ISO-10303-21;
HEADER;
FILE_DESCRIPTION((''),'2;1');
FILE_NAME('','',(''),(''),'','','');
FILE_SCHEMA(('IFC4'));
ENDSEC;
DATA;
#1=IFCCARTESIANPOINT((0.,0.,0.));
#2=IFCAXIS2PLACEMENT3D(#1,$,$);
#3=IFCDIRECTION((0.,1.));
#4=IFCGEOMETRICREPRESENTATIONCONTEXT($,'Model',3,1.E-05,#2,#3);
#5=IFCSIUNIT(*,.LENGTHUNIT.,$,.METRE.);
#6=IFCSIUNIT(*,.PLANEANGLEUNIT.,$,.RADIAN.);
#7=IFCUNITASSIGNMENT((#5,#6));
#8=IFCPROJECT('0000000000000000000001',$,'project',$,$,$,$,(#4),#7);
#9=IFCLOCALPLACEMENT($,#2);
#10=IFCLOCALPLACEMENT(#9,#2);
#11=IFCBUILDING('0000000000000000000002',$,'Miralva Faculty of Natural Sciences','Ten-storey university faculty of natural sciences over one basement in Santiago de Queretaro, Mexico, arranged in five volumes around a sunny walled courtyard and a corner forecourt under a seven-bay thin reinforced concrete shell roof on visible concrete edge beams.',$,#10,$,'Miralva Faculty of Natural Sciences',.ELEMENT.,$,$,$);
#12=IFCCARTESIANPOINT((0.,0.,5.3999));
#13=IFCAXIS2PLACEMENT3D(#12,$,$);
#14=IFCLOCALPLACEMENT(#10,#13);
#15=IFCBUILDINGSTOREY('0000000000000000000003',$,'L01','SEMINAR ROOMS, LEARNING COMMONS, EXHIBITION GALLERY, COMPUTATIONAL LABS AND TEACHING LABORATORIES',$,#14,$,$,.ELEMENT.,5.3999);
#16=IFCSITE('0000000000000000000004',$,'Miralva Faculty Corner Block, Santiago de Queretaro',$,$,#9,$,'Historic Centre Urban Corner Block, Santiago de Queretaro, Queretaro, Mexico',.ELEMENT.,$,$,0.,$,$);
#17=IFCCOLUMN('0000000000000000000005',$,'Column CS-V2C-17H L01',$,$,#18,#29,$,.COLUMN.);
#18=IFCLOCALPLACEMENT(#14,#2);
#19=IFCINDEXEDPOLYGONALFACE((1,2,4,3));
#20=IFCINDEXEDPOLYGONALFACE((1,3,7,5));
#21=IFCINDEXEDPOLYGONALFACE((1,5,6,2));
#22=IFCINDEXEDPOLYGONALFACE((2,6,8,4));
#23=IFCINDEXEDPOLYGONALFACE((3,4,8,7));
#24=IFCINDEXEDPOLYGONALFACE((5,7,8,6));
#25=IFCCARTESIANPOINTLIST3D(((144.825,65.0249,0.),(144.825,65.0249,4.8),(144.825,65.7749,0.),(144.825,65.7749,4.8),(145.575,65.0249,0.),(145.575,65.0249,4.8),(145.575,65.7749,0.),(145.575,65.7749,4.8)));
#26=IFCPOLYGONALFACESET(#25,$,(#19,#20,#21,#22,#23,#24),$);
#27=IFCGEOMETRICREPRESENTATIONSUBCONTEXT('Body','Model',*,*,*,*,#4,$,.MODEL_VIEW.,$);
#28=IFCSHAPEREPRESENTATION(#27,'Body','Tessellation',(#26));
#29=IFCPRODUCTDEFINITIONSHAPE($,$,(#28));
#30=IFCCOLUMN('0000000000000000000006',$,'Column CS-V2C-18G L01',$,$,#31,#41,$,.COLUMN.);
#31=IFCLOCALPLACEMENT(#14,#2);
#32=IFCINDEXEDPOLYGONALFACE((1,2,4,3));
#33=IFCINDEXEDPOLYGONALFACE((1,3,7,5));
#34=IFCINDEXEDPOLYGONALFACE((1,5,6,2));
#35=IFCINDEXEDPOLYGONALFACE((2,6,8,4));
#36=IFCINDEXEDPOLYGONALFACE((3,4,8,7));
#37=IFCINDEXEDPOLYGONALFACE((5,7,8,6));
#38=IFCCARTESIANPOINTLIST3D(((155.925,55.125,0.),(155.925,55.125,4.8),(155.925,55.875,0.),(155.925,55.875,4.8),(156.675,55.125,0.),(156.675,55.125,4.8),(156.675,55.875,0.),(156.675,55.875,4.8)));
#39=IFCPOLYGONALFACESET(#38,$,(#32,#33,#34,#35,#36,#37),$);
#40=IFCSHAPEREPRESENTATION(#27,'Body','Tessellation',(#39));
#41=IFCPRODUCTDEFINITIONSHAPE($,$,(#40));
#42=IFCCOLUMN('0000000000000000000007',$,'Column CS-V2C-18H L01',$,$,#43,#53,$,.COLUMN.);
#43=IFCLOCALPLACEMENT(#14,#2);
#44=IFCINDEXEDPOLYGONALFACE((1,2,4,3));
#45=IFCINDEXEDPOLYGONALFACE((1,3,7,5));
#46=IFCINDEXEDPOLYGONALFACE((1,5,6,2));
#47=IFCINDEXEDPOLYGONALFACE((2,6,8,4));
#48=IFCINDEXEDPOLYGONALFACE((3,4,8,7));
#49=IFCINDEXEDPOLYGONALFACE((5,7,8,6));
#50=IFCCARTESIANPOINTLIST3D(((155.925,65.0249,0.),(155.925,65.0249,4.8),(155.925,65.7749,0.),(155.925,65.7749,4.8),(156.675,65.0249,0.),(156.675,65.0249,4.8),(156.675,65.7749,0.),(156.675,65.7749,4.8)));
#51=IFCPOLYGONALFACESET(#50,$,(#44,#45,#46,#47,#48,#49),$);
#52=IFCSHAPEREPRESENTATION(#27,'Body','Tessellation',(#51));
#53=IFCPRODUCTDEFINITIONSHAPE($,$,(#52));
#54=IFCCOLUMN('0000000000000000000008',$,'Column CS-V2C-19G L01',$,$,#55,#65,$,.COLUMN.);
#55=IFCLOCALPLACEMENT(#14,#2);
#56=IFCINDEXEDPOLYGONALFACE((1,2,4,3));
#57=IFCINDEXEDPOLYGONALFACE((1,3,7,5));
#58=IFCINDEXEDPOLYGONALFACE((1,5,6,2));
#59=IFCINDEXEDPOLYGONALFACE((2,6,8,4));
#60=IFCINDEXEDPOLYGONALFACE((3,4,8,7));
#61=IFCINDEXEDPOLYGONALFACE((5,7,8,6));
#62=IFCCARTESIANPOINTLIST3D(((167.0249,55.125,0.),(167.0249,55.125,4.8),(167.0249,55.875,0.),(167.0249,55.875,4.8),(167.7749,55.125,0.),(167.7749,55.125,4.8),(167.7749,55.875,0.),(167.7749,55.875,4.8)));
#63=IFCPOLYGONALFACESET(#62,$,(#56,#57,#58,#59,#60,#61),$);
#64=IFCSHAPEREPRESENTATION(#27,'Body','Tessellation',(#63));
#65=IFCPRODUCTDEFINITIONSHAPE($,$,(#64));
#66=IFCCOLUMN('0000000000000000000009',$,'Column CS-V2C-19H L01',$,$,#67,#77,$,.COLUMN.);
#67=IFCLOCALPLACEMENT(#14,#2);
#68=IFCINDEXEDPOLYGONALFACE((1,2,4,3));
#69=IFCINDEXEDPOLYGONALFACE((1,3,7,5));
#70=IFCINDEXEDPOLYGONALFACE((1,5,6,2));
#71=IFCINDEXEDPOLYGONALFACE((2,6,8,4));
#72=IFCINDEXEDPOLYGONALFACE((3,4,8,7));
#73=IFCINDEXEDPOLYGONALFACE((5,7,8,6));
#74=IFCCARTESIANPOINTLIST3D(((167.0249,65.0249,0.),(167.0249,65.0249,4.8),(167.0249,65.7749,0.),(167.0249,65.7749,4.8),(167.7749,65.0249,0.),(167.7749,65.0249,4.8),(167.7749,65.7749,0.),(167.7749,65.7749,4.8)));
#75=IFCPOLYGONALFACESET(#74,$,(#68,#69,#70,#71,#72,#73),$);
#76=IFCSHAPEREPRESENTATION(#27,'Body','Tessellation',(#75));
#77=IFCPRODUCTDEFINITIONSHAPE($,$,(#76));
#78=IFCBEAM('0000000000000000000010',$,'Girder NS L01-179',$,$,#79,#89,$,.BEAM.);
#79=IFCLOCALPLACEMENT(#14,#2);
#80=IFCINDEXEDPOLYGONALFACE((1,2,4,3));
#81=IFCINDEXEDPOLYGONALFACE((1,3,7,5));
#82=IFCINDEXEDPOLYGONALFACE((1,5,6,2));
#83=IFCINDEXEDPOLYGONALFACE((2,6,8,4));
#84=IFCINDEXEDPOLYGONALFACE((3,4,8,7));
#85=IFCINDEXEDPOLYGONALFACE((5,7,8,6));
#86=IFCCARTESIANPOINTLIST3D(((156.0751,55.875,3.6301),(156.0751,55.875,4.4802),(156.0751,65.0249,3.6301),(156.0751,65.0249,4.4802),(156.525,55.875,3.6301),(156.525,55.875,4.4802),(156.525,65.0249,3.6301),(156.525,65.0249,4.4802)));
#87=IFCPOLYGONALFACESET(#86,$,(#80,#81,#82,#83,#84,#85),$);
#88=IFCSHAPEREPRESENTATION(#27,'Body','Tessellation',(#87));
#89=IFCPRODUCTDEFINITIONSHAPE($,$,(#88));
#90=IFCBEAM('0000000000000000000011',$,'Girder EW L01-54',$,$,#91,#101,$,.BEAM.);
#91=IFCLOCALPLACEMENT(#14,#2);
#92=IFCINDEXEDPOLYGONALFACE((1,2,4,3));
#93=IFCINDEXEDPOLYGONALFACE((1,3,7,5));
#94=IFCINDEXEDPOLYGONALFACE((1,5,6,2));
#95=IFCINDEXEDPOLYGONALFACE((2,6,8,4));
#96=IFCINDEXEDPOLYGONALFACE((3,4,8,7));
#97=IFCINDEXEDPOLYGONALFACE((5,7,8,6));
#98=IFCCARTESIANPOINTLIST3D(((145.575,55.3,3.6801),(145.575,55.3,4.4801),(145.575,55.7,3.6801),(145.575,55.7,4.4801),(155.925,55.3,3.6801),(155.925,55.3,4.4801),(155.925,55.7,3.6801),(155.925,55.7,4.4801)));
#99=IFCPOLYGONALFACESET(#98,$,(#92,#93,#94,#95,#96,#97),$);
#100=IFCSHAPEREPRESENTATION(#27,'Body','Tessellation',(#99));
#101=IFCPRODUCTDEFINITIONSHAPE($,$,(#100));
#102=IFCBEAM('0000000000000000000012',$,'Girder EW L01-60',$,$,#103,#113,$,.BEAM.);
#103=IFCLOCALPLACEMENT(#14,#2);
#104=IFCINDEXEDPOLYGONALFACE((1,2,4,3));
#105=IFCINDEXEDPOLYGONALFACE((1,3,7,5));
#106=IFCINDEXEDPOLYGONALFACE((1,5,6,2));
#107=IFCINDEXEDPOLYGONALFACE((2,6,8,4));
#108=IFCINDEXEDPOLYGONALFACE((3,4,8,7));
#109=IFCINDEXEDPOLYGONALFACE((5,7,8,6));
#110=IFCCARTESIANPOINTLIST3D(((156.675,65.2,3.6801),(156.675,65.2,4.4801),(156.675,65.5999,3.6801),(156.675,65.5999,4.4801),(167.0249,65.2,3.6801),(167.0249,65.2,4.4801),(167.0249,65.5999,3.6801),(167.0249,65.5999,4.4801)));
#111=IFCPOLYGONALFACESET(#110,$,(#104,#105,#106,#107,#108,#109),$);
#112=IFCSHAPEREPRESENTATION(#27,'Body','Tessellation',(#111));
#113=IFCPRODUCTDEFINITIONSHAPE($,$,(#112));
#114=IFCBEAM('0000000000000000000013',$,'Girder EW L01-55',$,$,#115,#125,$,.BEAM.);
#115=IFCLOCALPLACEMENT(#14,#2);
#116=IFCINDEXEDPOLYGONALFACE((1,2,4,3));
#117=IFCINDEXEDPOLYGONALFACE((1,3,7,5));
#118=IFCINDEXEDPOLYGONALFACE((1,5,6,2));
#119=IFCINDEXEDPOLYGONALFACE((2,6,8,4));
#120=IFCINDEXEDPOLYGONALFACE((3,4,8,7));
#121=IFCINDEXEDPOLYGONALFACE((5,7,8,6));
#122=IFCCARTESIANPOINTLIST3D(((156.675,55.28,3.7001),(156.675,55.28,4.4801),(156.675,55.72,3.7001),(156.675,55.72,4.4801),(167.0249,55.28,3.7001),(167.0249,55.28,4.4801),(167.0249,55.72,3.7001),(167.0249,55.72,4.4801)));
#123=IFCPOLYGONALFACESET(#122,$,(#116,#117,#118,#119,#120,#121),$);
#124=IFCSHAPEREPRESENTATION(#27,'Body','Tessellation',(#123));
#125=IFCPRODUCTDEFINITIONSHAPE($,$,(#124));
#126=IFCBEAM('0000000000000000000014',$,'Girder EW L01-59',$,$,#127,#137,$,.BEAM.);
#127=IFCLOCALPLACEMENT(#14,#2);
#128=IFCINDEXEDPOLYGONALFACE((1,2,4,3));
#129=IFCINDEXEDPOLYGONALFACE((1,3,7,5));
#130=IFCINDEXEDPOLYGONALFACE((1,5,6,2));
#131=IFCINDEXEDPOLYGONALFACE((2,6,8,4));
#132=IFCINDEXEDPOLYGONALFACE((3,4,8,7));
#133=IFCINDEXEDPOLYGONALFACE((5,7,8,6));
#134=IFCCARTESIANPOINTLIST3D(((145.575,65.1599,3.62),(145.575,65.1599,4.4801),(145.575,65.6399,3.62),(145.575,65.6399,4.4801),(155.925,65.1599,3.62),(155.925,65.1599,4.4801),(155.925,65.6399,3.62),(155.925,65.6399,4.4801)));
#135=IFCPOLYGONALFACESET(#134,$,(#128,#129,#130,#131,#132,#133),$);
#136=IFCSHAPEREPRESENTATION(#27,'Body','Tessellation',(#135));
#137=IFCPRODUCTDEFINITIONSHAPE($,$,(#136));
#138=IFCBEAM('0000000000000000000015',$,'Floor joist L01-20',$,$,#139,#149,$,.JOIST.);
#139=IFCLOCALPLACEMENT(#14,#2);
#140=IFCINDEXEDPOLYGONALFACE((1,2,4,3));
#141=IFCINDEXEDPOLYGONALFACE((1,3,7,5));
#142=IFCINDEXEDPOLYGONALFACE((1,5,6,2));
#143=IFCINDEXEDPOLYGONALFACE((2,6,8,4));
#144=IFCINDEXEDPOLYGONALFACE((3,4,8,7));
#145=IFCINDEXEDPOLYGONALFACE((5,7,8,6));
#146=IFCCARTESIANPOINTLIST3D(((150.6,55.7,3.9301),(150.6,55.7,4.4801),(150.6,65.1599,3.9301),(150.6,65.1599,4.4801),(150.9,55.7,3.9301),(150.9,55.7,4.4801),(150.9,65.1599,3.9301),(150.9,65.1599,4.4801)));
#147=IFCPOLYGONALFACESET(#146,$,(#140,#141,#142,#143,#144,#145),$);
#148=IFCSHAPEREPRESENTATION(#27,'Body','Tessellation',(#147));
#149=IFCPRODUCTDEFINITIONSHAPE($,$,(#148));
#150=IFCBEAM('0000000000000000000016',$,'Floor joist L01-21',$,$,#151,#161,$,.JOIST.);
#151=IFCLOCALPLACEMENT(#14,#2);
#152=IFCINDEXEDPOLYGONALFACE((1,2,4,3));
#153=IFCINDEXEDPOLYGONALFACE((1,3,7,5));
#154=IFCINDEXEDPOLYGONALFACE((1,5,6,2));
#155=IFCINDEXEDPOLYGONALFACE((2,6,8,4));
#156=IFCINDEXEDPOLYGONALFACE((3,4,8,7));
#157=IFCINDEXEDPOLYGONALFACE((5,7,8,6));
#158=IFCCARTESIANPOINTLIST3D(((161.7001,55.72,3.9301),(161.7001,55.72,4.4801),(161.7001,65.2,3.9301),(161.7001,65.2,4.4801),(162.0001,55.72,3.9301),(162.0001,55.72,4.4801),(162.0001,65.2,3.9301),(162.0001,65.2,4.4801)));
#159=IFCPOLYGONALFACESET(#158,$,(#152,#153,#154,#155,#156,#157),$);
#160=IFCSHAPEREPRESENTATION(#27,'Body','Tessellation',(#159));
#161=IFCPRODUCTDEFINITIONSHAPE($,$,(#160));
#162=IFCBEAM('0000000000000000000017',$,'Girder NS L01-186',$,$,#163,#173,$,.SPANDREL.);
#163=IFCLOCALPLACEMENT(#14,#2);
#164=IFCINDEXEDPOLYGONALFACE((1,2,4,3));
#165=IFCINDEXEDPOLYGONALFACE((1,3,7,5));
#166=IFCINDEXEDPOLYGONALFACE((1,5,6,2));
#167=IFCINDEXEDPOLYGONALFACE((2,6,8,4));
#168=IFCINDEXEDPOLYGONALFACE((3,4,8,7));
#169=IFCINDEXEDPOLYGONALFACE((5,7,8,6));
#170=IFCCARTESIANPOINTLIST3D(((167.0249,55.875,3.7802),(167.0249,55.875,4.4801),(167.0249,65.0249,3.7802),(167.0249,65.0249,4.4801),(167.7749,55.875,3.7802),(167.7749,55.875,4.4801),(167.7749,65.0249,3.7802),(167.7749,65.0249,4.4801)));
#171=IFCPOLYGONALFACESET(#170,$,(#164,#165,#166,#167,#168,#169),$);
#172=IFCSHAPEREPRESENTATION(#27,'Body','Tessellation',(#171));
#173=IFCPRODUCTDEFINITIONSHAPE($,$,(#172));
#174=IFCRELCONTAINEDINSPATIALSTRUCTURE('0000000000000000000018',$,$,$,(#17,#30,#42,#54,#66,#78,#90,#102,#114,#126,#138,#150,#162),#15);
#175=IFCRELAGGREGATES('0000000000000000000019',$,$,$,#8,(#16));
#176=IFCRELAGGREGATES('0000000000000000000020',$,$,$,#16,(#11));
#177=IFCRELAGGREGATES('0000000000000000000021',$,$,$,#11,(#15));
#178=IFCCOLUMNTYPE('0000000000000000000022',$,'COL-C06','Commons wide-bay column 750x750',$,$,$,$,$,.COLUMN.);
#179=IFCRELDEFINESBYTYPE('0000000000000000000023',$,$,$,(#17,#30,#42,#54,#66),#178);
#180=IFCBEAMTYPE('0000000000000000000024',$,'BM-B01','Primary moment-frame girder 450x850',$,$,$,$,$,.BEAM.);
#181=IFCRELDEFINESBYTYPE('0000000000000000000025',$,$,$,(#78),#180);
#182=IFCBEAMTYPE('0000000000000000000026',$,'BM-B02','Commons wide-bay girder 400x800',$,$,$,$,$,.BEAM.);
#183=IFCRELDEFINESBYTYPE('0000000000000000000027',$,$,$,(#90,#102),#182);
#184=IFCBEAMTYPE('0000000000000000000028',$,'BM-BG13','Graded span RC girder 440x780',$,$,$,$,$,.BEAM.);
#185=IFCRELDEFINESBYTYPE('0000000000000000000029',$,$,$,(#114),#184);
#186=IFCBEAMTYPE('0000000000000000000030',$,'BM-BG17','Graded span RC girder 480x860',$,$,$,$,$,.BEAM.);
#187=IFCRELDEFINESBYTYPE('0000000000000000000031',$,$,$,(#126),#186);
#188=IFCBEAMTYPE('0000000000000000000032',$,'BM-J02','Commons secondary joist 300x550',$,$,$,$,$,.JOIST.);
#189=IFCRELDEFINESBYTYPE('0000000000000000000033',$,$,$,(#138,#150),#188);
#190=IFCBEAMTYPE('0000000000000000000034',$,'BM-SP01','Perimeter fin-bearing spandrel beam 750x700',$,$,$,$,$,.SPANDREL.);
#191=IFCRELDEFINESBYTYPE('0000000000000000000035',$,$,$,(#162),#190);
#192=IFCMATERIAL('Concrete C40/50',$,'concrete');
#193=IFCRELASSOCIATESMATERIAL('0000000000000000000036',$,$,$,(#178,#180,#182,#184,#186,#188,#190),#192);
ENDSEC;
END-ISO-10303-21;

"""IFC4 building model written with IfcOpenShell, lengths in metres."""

from ifc_helpers import new_model, si_unit, direction, frame, origin, origin_2d, place, context, subcontext, project, spatial, rectangle, extrude, material, material_profile, profile_set, type_object, element, save


model = new_model("IFC4")

# Units and contexts
model_context = context("Model", 3, precision=1e-05, world=origin(), true_north=direction((0.0, 1.0)))
body_context = subcontext(model_context, "Body", "Model", "MODEL_VIEW")
ifc_project = project(units=[si_unit("LENGTHUNIT", "METRE"), si_unit("PLANEANGLEUNIT", "RADIAN")], contexts=[model_context])

# Site, building, storey
site_placement = place(None, origin())
site = spatial("IfcSite", under=ifc_project, at=site_placement, Name="Miralva Faculty Corner Block, Santiago de Queretaro", LongName="Historic Centre Urban Corner Block, Santiago de Queretaro, Queretaro, Mexico", CompositionType="ELEMENT", RefElevation=0.0)
building_placement = place(site_placement, origin())
building = spatial("IfcBuilding", under=site, at=building_placement, Name="Miralva Faculty of Natural Sciences", Description="Ten-storey university faculty of natural sciences over one basement in Santiago de Queretaro, Mexico, arranged in five volumes around a sunny walled courtyard and a corner forecourt under a seven-bay thin reinforced concrete shell roof on visible concrete edge beams.", LongName="Miralva Faculty of Natural Sciences", CompositionType="ELEMENT")
storey_placement = place(building_placement, frame((0.0, 0.0, 5.3999)))
storey = spatial("IfcBuildingStorey", under=building, at=storey_placement, Name="L01", Description="SEMINAR ROOMS, LEARNING COMMONS, EXHIBITION GALLERY, COMPUTATIONAL LABS AND TEACHING LABORATORIES", CompositionType="ELEMENT", Elevation=5.3999)

# Columns
ifc_material_1 = material(Name="Concrete C40/50", Category="concrete")
ifc_material_profile_1 = material_profile(ifc_material_1, rectangle(XDim=0.75, YDim=0.75, at=origin_2d()), Name="RC 750x750")
ifc_profile_set_1 = profile_set([ifc_material_profile_1], Name="Concrete C40/50")
column_type = type_object("IfcColumnType", Name="COL-C06", Description="Commons wide-bay column 750x750", PredefinedType="COLUMN", material=ifc_profile_set_1)
for number, where, z_axis, x_axis, name in (
    (1, (145.2, 65.3999, 0.0), (0.0, 0.0, 1.0), (1.0, 0.0, 0.0), "Column CS-V2C-17H L01"),
    (2, (156.3, 55.5, 0.0), (0.0, 0.0, 1.0), (1.0, 0.0, 0.0), "Column CS-V2C-18G L01"),
    (3, (156.3, 65.3999, 0.0), (0.0, 0.0, 1.0), (1.0, 0.0, 0.0), "Column CS-V2C-18H L01"),
    (4, (167.3999, 55.5, 0.0), (0.0, 0.0, 1.0), (1.0, 0.0, 0.0), "Column CS-V2C-19G L01"),
    (5, (167.3999, 65.3999, 0.0), (0.0, 0.0, 1.0), (1.0, 0.0, 0.0), "Column CS-V2C-19H L01"),
):
    element("IfcColumn", number, at=place(storey_placement, frame(where, z_axis=z_axis, x_axis=x_axis)), inside=storey, type_object=column_type, Name=name, PredefinedType="COLUMN", context=body_context, shape_type="SweptSolid", body=[
        extrude(rectangle(XDim=0.75, YDim=0.75, at=origin_2d()), origin(), (0.0, 0.0, 1.0), 4.8),
    ])

# Beams
ifc_material_profile_2 = material_profile(ifc_material_1, rectangle(XDim=0.45, YDim=0.8501, at=origin_2d()), Name="RC 450x850")
ifc_profile_set_2 = profile_set([ifc_material_profile_2], Name="Concrete C40/50")
beam_type_1 = type_object("IfcBeamType", Name="BM-B01", Description="Primary moment-frame girder 450x850", PredefinedType="BEAM", material=ifc_profile_set_2)
beam_1_placement = place(storey_placement, frame((156.3, 55.875, 4.0552), z_axis=(0.0, 1.0, 0.0), x_axis=(-1.0, 0.0, 0.0)))
element("IfcBeam", 6, at=beam_1_placement, inside=storey, type_object=beam_type_1, Name="Girder NS L01-179", PredefinedType="BEAM", context=body_context, shape_type="SweptSolid", body=[
    extrude(rectangle(XDim=0.45, YDim=0.8501, at=origin_2d()), origin(), (0.0, 0.0, 1.0), 9.1499),
])
ifc_material_profile_3 = material_profile(ifc_material_1, rectangle(XDim=0.3999, YDim=0.8, at=origin_2d()), Name="RC 400x800")
ifc_profile_set_3 = profile_set([ifc_material_profile_3], Name="Concrete C40/50")
beam_type_2 = type_object("IfcBeamType", Name="BM-B02", Description="Commons wide-bay girder 400x800", PredefinedType="BEAM", material=ifc_profile_set_3)
beam_2_placement = place(storey_placement, frame((145.575, 55.5, 4.0801), z_axis=(1.0, 0.0, 0.0), x_axis=(0.0, 1.0, 0.0)))
element("IfcBeam", 7, at=beam_2_placement, inside=storey, type_object=beam_type_2, Name="Girder EW L01-54", PredefinedType="BEAM", context=body_context, shape_type="SweptSolid", body=[
    extrude(rectangle(XDim=0.3999, YDim=0.8, at=origin_2d()), origin(), (0.0, 0.0, 1.0), 10.3501),
])
beam_3_placement = place(storey_placement, frame((156.675, 65.3999, 4.0801), z_axis=(1.0, 0.0, 0.0), x_axis=(0.0, 1.0, 0.0)))
element("IfcBeam", 8, at=beam_3_placement, inside=storey, type_object=beam_type_2, Name="Girder EW L01-60", PredefinedType="BEAM", context=body_context, shape_type="SweptSolid", body=[
    extrude(rectangle(XDim=0.3999, YDim=0.8, at=origin_2d()), origin(), (0.0, 0.0, 1.0), 10.3499),
])
ifc_material_profile_4 = material_profile(ifc_material_1, rectangle(XDim=0.4399, YDim=0.78, at=origin_2d()), Name="RC 440x780")
ifc_profile_set_4 = profile_set([ifc_material_profile_4], Name="Concrete C40/50")
beam_type_3 = type_object("IfcBeamType", Name="BM-BG13", Description="Graded span RC girder 440x780", PredefinedType="BEAM", material=ifc_profile_set_4)
beam_4_placement = place(storey_placement, frame((156.675, 55.5, 4.0901), z_axis=(1.0, 0.0, 0.0), x_axis=(0.0, 1.0, 0.0)))
element("IfcBeam", 9, at=beam_4_placement, inside=storey, type_object=beam_type_3, Name="Girder EW L01-55", PredefinedType="BEAM", context=body_context, shape_type="SweptSolid", body=[
    extrude(rectangle(XDim=0.4399, YDim=0.78, at=origin_2d()), origin(), (0.0, 0.0, 1.0), 10.3499),
])
ifc_material_profile_5 = material_profile(ifc_material_1, rectangle(XDim=0.48, YDim=0.8601, at=origin_2d()), Name="RC 480x860")
ifc_profile_set_5 = profile_set([ifc_material_profile_5], Name="Concrete C40/50")
beam_type_4 = type_object("IfcBeamType", Name="BM-BG17", Description="Graded span RC girder 480x860", PredefinedType="BEAM", material=ifc_profile_set_5)
beam_5_placement = place(storey_placement, frame((145.575, 65.3999, 4.05), z_axis=(1.0, 0.0, 0.0), x_axis=(0.0, 1.0, 0.0)))
element("IfcBeam", 10, at=beam_5_placement, inside=storey, type_object=beam_type_4, Name="Girder EW L01-59", PredefinedType="BEAM", context=body_context, shape_type="SweptSolid", body=[
    extrude(rectangle(XDim=0.48, YDim=0.8601, at=origin_2d()), origin(), (0.0, 0.0, 1.0), 10.3501),
])
ifc_material_profile_6 = material_profile(ifc_material_1, rectangle(XDim=0.3, YDim=0.55, at=origin_2d()), Name="RC 300x550")
ifc_profile_set_6 = profile_set([ifc_material_profile_6], Name="Concrete C40/50")
beam_type_5 = type_object("IfcBeamType", Name="BM-J02", Description="Commons secondary joist 300x550", PredefinedType="JOIST", material=ifc_profile_set_6)
beam_6_placement = place(storey_placement, frame((150.75, 55.7, 4.2051), z_axis=(0.0, 1.0, 0.0), x_axis=(-1.0, 0.0, 0.0)))
element("IfcBeam", 11, at=beam_6_placement, inside=storey, type_object=beam_type_5, Name="Floor joist L01-20", PredefinedType="JOIST", context=body_context, shape_type="SweptSolid", body=[
    extrude(rectangle(XDim=0.3, YDim=0.55, at=origin_2d()), origin(), (0.0, 0.0, 1.0), 9.46),
])
beam_7_placement = place(storey_placement, frame((161.8501, 55.72, 4.2051), z_axis=(0.0, 1.0, 0.0), x_axis=(-1.0, 0.0, 0.0)))
element("IfcBeam", 12, at=beam_7_placement, inside=storey, type_object=beam_type_5, Name="Floor joist L01-21", PredefinedType="JOIST", context=body_context, shape_type="SweptSolid", body=[
    extrude(rectangle(XDim=0.3, YDim=0.55, at=origin_2d()), origin(), (0.0, 0.0, 1.0), 9.48),
])
ifc_material_profile_7 = material_profile(ifc_material_1, rectangle(XDim=0.75, YDim=0.7, at=origin_2d()), Name="RC 750x700")
ifc_profile_set_7 = profile_set([ifc_material_profile_7], Name="Concrete C40/50")
beam_type_6 = type_object("IfcBeamType", Name="BM-SP01", Description="Perimeter fin-bearing spandrel beam 750x700", PredefinedType="SPANDREL", material=ifc_profile_set_7)
beam_8_placement = place(storey_placement, frame((167.3999, 55.875, 4.1301), z_axis=(0.0, 1.0, 0.0), x_axis=(-1.0, 0.0, 0.0)))
element("IfcBeam", 13, at=beam_8_placement, inside=storey, type_object=beam_type_6, Name="Girder NS L01-186", PredefinedType="SPANDREL", context=body_context, shape_type="SweptSolid", body=[
    extrude(rectangle(XDim=0.75, YDim=0.7, at=origin_2d()), origin(), (0.0, 0.0, 1.0), 9.1499),
])

save(model, "model.ifc")
